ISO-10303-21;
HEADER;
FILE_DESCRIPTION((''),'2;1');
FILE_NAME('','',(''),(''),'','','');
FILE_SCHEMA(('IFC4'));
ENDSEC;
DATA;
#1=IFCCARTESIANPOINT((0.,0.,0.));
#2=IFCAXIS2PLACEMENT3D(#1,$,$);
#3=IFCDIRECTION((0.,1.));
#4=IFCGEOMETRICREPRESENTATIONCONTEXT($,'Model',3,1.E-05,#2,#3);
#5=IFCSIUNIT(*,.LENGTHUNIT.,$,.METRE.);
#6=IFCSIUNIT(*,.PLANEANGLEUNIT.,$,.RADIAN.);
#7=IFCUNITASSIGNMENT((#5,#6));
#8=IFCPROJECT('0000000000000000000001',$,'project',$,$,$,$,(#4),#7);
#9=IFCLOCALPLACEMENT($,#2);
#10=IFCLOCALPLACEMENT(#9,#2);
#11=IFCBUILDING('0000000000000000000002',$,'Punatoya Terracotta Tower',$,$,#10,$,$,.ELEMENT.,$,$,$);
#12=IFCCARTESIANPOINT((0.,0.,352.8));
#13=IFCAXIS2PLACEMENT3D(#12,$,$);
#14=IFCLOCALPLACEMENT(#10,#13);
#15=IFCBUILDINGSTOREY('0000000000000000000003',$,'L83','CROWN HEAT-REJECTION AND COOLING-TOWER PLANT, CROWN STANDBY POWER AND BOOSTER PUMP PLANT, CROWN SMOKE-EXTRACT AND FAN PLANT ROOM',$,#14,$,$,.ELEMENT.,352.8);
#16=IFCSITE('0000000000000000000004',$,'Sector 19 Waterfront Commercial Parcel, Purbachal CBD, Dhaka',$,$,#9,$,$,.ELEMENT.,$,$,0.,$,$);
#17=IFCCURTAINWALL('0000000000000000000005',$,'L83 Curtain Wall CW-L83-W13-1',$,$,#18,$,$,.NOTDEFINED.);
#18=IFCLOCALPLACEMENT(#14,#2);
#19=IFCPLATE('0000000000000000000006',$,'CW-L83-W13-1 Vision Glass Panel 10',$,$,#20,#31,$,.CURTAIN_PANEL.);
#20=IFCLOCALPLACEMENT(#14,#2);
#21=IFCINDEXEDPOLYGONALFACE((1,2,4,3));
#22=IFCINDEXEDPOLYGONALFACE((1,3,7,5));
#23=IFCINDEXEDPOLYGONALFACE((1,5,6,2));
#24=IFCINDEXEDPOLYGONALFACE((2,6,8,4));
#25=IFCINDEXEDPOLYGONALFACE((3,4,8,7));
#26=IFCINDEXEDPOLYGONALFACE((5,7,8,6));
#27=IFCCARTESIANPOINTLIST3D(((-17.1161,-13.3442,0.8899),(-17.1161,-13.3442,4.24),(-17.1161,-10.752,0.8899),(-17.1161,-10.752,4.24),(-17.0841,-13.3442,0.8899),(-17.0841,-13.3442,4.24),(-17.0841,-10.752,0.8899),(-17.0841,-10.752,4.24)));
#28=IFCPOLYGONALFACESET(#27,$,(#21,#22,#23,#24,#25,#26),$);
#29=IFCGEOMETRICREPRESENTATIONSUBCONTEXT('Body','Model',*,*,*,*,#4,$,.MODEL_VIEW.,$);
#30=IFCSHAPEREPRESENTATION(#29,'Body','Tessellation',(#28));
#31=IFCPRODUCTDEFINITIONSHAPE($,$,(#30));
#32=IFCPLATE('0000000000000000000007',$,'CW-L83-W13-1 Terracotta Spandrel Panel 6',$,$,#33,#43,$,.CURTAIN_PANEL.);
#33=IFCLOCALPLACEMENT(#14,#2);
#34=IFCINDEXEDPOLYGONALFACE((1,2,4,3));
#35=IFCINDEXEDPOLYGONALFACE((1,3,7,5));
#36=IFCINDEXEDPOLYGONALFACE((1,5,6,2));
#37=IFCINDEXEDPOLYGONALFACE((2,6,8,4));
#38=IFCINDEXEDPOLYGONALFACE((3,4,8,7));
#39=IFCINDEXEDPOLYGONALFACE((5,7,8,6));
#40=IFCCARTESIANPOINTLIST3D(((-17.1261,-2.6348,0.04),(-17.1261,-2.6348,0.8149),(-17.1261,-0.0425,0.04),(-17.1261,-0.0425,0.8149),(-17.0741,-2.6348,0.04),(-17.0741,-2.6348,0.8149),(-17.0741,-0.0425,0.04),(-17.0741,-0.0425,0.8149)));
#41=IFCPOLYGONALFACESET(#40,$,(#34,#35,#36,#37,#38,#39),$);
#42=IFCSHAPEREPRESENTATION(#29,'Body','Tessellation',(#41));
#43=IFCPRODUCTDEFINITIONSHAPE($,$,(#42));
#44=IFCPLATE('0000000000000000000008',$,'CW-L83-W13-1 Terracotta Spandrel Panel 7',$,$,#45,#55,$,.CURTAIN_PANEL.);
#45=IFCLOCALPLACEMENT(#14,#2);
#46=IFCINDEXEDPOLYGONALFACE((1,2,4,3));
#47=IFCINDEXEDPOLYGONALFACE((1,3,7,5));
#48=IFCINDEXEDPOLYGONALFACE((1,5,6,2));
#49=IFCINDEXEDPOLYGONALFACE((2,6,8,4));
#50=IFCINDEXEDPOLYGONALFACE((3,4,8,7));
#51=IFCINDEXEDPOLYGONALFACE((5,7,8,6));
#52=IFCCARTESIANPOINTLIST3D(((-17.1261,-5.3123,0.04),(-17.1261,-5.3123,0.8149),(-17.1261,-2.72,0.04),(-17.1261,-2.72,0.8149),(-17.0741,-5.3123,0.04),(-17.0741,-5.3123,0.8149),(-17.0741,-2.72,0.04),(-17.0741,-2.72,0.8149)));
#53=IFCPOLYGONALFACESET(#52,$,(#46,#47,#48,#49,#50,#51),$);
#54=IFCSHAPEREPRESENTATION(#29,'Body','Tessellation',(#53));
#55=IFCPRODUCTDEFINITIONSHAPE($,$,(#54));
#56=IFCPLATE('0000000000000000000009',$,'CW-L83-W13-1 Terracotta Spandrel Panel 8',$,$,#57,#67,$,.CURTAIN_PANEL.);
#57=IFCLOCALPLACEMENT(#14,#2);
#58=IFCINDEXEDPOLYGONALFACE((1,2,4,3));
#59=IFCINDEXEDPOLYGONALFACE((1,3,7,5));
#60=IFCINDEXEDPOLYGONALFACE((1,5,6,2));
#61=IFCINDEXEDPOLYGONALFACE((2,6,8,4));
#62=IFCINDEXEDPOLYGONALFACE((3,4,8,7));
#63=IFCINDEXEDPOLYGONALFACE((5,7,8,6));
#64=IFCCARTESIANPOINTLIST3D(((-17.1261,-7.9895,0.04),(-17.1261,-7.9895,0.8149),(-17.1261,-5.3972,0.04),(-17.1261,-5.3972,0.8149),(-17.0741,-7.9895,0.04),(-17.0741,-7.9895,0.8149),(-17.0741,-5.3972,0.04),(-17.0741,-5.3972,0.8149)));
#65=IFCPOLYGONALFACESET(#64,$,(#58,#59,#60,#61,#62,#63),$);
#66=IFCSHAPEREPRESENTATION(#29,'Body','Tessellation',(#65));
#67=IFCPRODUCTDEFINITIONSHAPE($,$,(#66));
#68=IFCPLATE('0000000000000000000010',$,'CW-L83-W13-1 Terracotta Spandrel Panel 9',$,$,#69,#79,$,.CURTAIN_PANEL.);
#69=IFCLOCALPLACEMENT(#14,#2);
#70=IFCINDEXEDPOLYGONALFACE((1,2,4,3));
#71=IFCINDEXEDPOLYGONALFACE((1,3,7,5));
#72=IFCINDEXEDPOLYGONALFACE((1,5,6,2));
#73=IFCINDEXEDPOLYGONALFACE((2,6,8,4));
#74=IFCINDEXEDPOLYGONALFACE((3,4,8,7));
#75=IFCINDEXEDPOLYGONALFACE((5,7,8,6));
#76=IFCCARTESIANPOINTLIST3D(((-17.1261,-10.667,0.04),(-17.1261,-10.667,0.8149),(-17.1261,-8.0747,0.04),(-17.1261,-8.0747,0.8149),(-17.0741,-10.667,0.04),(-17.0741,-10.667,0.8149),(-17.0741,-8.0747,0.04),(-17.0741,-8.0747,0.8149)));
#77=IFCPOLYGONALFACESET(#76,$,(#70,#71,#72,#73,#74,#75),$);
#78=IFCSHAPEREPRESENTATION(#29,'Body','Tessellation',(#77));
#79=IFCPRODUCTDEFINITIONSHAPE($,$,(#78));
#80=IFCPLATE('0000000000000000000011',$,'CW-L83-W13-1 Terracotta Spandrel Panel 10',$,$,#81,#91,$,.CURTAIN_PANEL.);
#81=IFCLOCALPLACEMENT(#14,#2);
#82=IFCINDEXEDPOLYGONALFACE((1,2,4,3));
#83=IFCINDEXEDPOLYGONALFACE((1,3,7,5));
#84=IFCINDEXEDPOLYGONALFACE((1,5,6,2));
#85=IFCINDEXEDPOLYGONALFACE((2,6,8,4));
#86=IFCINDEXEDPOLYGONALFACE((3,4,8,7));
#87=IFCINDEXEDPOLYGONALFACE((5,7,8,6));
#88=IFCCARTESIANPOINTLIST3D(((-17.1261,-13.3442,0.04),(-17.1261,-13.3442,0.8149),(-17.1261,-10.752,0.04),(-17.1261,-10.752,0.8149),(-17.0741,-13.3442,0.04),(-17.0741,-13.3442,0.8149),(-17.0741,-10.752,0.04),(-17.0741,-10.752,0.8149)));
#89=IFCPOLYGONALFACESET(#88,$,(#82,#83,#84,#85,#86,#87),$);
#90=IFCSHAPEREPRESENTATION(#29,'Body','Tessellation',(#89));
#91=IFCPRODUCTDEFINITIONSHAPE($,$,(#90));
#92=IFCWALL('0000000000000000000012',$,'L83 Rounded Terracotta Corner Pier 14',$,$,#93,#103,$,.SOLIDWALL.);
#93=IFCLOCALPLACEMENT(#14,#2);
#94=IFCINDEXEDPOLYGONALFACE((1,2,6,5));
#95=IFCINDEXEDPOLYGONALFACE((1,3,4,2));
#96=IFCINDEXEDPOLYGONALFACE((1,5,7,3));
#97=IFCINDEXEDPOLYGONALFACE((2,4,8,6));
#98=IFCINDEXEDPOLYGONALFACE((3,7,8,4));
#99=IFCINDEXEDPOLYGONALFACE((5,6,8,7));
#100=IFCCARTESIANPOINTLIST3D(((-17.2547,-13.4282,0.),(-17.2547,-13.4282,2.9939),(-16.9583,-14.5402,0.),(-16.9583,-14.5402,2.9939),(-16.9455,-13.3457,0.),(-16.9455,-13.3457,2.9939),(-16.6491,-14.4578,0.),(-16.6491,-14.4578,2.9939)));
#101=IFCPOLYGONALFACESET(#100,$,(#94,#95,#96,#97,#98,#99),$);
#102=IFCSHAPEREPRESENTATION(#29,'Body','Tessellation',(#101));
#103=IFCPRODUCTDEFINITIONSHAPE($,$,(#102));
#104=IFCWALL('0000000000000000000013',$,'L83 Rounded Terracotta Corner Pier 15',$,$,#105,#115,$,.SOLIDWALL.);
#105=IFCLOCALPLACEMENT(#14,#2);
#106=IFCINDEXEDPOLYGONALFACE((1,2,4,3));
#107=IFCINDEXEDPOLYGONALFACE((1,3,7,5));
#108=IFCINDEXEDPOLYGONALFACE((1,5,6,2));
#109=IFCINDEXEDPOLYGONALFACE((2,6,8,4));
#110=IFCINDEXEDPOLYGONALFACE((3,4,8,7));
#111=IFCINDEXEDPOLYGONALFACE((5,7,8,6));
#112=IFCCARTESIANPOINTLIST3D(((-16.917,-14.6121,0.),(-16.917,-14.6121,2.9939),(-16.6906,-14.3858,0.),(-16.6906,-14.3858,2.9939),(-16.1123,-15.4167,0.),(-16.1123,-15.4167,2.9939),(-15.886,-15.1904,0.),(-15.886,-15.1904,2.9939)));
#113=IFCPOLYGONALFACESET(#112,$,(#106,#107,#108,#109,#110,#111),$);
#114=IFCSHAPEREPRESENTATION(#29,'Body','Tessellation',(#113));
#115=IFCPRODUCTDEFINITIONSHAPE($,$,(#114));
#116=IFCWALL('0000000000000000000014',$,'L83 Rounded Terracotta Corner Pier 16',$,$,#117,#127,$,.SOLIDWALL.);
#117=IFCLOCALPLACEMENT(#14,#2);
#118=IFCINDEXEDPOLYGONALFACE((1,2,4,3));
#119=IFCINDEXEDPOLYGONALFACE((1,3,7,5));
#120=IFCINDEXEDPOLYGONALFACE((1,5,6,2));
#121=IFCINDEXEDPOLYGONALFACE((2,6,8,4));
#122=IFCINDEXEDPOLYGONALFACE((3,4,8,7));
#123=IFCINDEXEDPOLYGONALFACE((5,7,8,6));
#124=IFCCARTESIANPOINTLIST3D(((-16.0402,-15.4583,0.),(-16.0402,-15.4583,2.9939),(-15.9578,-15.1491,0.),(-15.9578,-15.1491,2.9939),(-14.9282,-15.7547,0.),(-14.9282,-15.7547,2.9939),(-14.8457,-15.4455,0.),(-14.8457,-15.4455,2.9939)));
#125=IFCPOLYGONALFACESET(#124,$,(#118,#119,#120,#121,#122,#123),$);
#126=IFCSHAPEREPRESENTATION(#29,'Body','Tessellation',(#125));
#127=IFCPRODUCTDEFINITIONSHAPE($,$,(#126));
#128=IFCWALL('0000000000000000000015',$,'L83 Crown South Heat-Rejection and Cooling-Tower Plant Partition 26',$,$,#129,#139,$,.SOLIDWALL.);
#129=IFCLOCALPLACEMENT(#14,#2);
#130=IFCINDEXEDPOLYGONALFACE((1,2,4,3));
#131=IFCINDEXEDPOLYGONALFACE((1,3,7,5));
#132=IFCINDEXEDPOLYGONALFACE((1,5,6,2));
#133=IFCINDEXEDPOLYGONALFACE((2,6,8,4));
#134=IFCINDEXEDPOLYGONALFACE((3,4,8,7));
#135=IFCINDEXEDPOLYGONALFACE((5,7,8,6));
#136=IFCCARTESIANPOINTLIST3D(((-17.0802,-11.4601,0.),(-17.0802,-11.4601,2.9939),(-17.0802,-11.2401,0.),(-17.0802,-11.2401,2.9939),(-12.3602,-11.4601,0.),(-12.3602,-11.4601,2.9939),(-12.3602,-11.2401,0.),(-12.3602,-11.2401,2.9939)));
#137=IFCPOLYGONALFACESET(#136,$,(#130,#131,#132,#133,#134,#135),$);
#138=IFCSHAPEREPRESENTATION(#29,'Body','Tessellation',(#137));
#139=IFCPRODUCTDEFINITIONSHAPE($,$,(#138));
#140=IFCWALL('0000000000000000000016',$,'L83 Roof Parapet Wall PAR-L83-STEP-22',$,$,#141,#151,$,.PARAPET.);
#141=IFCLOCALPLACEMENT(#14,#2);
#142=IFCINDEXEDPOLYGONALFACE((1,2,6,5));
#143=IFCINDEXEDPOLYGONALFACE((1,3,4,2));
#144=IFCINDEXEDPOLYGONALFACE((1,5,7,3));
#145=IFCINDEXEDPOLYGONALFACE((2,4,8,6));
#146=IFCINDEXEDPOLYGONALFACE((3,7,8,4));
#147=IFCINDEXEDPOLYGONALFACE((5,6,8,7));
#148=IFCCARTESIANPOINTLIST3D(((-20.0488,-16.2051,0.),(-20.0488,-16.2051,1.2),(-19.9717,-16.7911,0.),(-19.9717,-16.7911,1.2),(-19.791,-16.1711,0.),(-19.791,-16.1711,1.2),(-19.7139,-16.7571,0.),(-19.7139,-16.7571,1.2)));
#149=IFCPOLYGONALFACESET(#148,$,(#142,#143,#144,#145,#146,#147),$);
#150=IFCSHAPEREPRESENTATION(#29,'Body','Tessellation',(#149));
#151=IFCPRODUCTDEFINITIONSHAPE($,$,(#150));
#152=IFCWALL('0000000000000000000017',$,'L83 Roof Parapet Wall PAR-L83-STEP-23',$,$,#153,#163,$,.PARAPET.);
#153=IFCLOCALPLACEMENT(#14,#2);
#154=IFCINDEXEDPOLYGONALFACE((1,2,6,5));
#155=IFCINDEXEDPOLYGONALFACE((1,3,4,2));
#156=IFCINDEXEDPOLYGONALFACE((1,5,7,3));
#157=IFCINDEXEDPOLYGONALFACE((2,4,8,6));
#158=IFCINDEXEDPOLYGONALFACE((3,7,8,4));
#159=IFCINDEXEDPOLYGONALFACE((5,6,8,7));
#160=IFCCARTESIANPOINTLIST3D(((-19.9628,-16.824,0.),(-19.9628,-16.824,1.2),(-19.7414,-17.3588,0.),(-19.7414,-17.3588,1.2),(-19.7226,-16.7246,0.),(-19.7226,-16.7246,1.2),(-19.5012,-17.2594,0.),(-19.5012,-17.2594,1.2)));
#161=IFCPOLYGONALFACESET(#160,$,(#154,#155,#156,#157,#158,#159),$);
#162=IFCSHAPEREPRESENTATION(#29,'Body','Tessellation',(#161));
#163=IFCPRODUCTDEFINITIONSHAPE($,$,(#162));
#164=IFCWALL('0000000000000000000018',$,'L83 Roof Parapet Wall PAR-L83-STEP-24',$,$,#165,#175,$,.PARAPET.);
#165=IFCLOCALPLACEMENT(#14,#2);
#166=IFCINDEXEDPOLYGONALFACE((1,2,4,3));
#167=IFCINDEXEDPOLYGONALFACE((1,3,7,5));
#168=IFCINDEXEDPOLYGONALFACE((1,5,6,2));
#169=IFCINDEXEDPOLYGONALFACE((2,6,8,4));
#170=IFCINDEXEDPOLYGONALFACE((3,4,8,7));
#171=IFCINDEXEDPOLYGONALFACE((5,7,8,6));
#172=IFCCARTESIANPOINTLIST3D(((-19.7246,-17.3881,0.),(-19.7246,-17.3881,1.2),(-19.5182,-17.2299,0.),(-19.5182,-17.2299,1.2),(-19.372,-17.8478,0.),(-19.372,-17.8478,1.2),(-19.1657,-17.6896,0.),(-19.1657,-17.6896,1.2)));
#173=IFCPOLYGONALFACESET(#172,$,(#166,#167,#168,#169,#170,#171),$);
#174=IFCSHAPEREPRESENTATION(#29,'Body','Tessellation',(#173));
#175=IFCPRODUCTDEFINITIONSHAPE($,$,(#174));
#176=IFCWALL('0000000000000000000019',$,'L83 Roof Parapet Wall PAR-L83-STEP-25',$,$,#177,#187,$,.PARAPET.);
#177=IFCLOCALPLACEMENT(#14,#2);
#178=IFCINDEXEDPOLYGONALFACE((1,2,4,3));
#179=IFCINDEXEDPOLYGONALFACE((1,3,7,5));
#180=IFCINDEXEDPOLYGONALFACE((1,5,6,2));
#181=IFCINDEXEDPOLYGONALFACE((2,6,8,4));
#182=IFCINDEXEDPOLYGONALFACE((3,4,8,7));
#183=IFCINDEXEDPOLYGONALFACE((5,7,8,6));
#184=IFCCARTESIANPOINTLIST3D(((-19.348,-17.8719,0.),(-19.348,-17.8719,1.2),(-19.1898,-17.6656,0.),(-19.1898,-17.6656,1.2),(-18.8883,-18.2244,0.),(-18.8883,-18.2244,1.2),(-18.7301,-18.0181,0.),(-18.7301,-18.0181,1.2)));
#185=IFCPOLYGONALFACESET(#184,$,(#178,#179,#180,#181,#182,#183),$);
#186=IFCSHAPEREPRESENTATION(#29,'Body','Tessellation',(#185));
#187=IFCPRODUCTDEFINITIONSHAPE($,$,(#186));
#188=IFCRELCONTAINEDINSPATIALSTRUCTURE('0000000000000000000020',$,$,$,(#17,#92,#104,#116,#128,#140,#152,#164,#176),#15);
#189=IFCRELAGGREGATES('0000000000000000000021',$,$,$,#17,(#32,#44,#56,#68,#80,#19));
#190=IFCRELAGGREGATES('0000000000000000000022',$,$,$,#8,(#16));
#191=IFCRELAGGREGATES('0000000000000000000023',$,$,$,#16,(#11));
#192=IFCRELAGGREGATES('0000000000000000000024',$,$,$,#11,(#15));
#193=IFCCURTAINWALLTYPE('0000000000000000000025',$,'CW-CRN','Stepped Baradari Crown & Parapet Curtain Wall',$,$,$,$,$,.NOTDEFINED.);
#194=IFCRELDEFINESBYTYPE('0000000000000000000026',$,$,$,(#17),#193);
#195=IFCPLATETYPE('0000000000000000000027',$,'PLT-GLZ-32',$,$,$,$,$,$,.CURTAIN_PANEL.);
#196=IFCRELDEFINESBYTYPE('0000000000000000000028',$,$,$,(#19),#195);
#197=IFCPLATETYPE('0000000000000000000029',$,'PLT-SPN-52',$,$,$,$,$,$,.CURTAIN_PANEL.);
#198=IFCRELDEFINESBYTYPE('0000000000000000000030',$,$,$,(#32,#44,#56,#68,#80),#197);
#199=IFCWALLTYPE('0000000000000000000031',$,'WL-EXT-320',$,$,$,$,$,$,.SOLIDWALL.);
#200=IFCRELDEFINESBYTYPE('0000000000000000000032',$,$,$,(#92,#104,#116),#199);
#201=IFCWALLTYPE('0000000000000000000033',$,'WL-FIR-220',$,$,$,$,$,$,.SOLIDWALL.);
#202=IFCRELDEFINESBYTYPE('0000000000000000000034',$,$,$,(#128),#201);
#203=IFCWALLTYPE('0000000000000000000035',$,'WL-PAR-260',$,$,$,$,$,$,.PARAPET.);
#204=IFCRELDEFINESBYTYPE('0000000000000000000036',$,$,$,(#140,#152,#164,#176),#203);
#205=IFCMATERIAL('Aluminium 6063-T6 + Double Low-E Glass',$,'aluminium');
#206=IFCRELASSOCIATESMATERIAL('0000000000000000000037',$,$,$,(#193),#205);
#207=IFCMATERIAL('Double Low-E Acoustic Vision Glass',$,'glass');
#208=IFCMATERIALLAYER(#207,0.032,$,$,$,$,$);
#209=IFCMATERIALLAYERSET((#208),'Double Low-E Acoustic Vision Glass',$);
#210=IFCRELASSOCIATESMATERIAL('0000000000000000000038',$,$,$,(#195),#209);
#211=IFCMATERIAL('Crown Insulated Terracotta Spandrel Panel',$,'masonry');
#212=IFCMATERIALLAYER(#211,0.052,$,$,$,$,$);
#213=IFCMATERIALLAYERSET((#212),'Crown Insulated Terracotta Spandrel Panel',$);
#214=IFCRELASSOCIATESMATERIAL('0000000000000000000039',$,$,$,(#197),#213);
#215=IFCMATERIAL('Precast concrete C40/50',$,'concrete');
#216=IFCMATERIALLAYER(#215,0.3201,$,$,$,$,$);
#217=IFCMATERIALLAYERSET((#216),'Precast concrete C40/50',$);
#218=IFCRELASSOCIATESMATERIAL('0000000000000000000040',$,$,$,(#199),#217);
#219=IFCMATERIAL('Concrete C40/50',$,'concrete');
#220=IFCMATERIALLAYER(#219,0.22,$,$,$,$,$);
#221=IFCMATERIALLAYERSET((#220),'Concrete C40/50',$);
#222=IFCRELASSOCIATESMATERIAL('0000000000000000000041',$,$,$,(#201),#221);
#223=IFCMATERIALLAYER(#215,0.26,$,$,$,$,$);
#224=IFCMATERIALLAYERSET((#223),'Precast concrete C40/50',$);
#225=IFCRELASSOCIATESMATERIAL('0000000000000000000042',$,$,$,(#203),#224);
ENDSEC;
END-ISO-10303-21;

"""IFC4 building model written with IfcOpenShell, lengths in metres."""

from ifc_helpers import new_model, si_unit, direction, frame, frame_2d, origin, origin_2d, place, context, subcontext, project, spatial, rectangle, extrude, material, layer, layer_set, type_object, element, aggregate, save


model = new_model("IFC4")

# Units and contexts
model_context = context("Model", 3, precision=1e-05, world=origin(), true_north=direction((0.0, 1.0)))
body_context = subcontext(model_context, "Body", "Model", "MODEL_VIEW")
ifc_project = project(units=[si_unit("LENGTHUNIT", "METRE"), si_unit("PLANEANGLEUNIT", "RADIAN")], contexts=[model_context])

# Site, building, storey
site_placement = place(None, origin())
site = spatial("IfcSite", under=ifc_project, at=site_placement, Name="Sector 19 Waterfront Commercial Parcel, Purbachal CBD, Dhaka", CompositionType="ELEMENT", RefElevation=0.0)
building_placement = place(site_placement, origin())
building = spatial("IfcBuilding", under=site, at=building_placement, Name="Punatoya Terracotta Tower", CompositionType="ELEMENT")
storey_placement = place(building_placement, frame((0.0, 0.0, 352.8)))
storey = spatial("IfcBuildingStorey", under=building, at=storey_placement, Name="L83", Description="CROWN HEAT-REJECTION AND COOLING-TOWER PLANT, CROWN STANDBY POWER AND BOOSTER PUMP PLANT, CROWN SMOKE-EXTRACT AND FAN PLANT ROOM", CompositionType="ELEMENT", Elevation=352.8)

# Curtain wall
ifc_material_1 = material(Name="Aluminium 6063-T6 + Double Low-E Glass", Category="aluminium")
curtain_wall_type = type_object("IfcCurtainWallType", Name="CW-CRN", Description="Stepped Baradari Crown & Parapet Curtain Wall", PredefinedType="NOTDEFINED", material=ifc_material_1)
curtain_wall_1_placement = place(storey_placement, origin())
curtain_wall_1 = element("IfcCurtainWall", 1, at=curtain_wall_1_placement, inside=storey, type_object=curtain_wall_type, Name="L83 Curtain Wall CW-L83-W13-1", PredefinedType="NOTDEFINED")

# Plates
ifc_material_2 = material(Name="Double Low-E Acoustic Vision Glass", Category="glass")
ifc_layer_1 = layer(ifc_material_2, 0.032)
ifc_layer_set_1 = layer_set([ifc_layer_1], Name="Double Low-E Acoustic Vision Glass")
plate_type_1 = type_object("IfcPlateType", Name="PLT-GLZ-32", PredefinedType="CURTAIN_PANEL", material=ifc_layer_set_1)
plate_1_placement = place(storey_placement, frame((-17.1001, -12.0481, 0.8899), z_axis=(0.0, 0.0, 1.0), x_axis=(0.0, -1.0, 0.0)))
plate_1 = element("IfcPlate", 2, at=plate_1_placement, type_object=plate_type_1, Name="CW-L83-W13-1 Vision Glass Panel 10", PredefinedType="CURTAIN_PANEL", context=body_context, shape_type="SweptSolid", body=[
    extrude(rectangle(XDim=2.5923, YDim=0.032, at=origin_2d()), origin(), (0.0, 0.0, 1.0), 3.3501),
])
ifc_material_3 = material(Name="Crown Insulated Terracotta Spandrel Panel", Category="masonry")
ifc_layer_2 = layer(ifc_material_3, 0.052)
ifc_layer_set_2 = layer_set([ifc_layer_2], Name="Crown Insulated Terracotta Spandrel Panel")
plate_type_2 = type_object("IfcPlateType", Name="PLT-SPN-52", PredefinedType="CURTAIN_PANEL", material=ifc_layer_set_2)
plate_2_placement = place(storey_placement, frame((-17.1001, -1.3386, 0.04), z_axis=(0.0, 0.0, 1.0), x_axis=(0.0, -1.0, 0.0)))
plate_2 = element("IfcPlate", 3, at=plate_2_placement, type_object=plate_type_2, Name="CW-L83-W13-1 Terracotta Spandrel Panel 6", PredefinedType="CURTAIN_PANEL", context=body_context, shape_type="SweptSolid", body=[
    extrude(rectangle(XDim=2.5923, YDim=0.052, at=origin_2d()), origin(), (0.0, 0.0, 1.0), 0.7749),
])
plate_3_placement = place(storey_placement, frame((-17.1001, -4.0161, 0.04), z_axis=(0.0, 0.0, 1.0), x_axis=(0.0, -1.0, 0.0)))
plate_3 = element("IfcPlate", 4, at=plate_3_placement, type_object=plate_type_2, Name="CW-L83-W13-1 Terracotta Spandrel Panel 7", PredefinedType="CURTAIN_PANEL", context=body_context, shape_type="SweptSolid", body=[
    extrude(rectangle(XDim=2.5923, YDim=0.052, at=origin_2d()), origin(), (0.0, 0.0, 1.0), 0.7749),
])
plate_4_placement = place(storey_placement, frame((-17.1001, -6.6934, 0.04), z_axis=(0.0, 0.0, 1.0), x_axis=(0.0, -1.0, 0.0)))
plate_4 = element("IfcPlate", 5, at=plate_4_placement, type_object=plate_type_2, Name="CW-L83-W13-1 Terracotta Spandrel Panel 8", PredefinedType="CURTAIN_PANEL", context=body_context, shape_type="SweptSolid", body=[
    extrude(rectangle(XDim=2.5923, YDim=0.052, at=origin_2d()), origin(), (0.0, 0.0, 1.0), 0.7749),
])
plate_5_placement = place(storey_placement, frame((-17.1001, -9.3708, 0.04), z_axis=(0.0, 0.0, 1.0), x_axis=(0.0, -1.0, 0.0)))
plate_5 = element("IfcPlate", 6, at=plate_5_placement, type_object=plate_type_2, Name="CW-L83-W13-1 Terracotta Spandrel Panel 9", PredefinedType="CURTAIN_PANEL", context=body_context, shape_type="SweptSolid", body=[
    extrude(rectangle(XDim=2.5923, YDim=0.052, at=origin_2d()), origin(), (0.0, 0.0, 1.0), 0.7749),
])
plate_6_placement = place(storey_placement, frame((-17.1001, -12.0481, 0.04), z_axis=(0.0, 0.0, 1.0), x_axis=(0.0, -1.0, 0.0)))
plate_6 = element("IfcPlate", 7, at=plate_6_placement, type_object=plate_type_2, Name="CW-L83-W13-1 Terracotta Spandrel Panel 10", PredefinedType="CURTAIN_PANEL", context=body_context, shape_type="SweptSolid", body=[
    extrude(rectangle(XDim=2.5923, YDim=0.052, at=origin_2d()), origin(), (0.0, 0.0, 1.0), 0.7749),
])
aggregate(curtain_wall_1, [plate_2, plate_3, plate_4, plate_5, plate_6, plate_1])

# Walls
ifc_material_4 = material(Name="Precast concrete C40/50", Category="concrete")
ifc_layer_3 = layer(ifc_material_4, 0.3201)
ifc_layer_set_3 = layer_set([ifc_layer_3], Name="Precast concrete C40/50")
wall_type_1 = type_object("IfcWallType", Name="WL-EXT-320", PredefinedType="SOLIDWALL", material=ifc_layer_set_3)
wall_1_placement = place(storey_placement, frame((-17.1001, -13.387, 0.0), z_axis=(0.0, 0.0, 1.0), x_axis=(0.257531, -0.96627, 0.0)))
element("IfcWall", 8, at=wall_1_placement, inside=storey, type_object=wall_type_1, Name="L83 Rounded Terracotta Corner Pier 14", PredefinedType="SOLIDWALL", context=body_context, shape_type="SweptSolid", body=[
    extrude(rectangle(XDim=1.1509, YDim=0.3201, at=frame_2d((0.5754, 0.0))), origin(), (0.0, 0.0, 1.0), 2.9939),
])
wall_2_placement = place(storey_placement, frame((-16.8037, -14.499, 0.0), z_axis=(0.0, 0.0, 1.0), x_axis=(0.707107, -0.707107, 0.0)))
element("IfcWall", 9, at=wall_2_placement, inside=storey, type_object=wall_type_1, Name="L83 Rounded Terracotta Corner Pier 15", PredefinedType="SOLIDWALL", context=body_context, shape_type="SweptSolid", body=[
    extrude(rectangle(XDim=1.1379, YDim=0.3201, at=frame_2d((0.5688, 0.0))), origin(), (0.0, 0.0, 1.0), 2.9939),
])
wall_3_placement = place(storey_placement, frame((-15.999, -15.3037, 0.0), z_axis=(0.0, 0.0, 1.0), x_axis=(0.96627, -0.257531, 0.0)))
element("IfcWall", 10, at=wall_3_placement, inside=storey, type_object=wall_type_1, Name="L83 Rounded Terracotta Corner Pier 16", PredefinedType="SOLIDWALL", context=body_context, shape_type="SweptSolid", body=[
    extrude(rectangle(XDim=1.1509, YDim=0.3201, at=frame_2d((0.5754, 0.0))), origin(), (0.0, 0.0, 1.0), 2.9939),
])
ifc_material_5 = material(Name="Concrete C40/50", Category="concrete")
ifc_layer_4 = layer(ifc_material_5, 0.22)
ifc_layer_set_4 = layer_set([ifc_layer_4], Name="Concrete C40/50")
wall_type_2 = type_object("IfcWallType", Name="WL-FIR-220", PredefinedType="SOLIDWALL", material=ifc_layer_set_4)
wall_4_placement = place(storey_placement, frame((-17.0801, -11.3501, 0.0), z_axis=(0.0, 0.0, 1.0), x_axis=(1.0, 0.0, 0.0)))
element("IfcWall", 11, at=wall_4_placement, inside=storey, type_object=wall_type_2, Name="L83 Crown South Heat-Rejection and Cooling-Tower Plant Partition 26", PredefinedType="SOLIDWALL", context=body_context, shape_type="SweptSolid", body=[
    extrude(rectangle(XDim=4.72, YDim=0.22, at=frame_2d((2.3599, 0.0))), origin(), (0.0, 0.0, 1.0), 2.9939),
])
ifc_layer_5 = layer(ifc_material_4, 0.26)
ifc_layer_set_5 = layer_set([ifc_layer_5], Name="Precast concrete C40/50")
wall_type_3 = type_object("IfcWallType", Name="WL-PAR-260", PredefinedType="PARAPET", material=ifc_layer_set_5)
wall_5_placement = place(storey_placement, frame((-19.9199, -16.1882, 0.0), z_axis=(0.0, 0.0, 1.0), x_axis=(0.13054, -0.991443, 0.0)))
element("IfcWall", 12, at=wall_5_placement, inside=storey, type_object=wall_type_3, Name="L83 Roof Parapet Wall PAR-L83-STEP-22", PredefinedType="PARAPET", context=body_context, shape_type="SweptSolid", body=[
    extrude(rectangle(XDim=0.5911, YDim=0.26, at=frame_2d((0.2954, 0.0))), origin(), (0.0, 0.0, 1.0), 1.2),
])
wall_6_placement = place(storey_placement, frame((-19.8428, -16.7742, 0.0), z_axis=(0.0, 0.0, 1.0), x_axis=(0.382488, -0.92396, 0.0)))
element("IfcWall", 13, at=wall_6_placement, inside=storey, type_object=wall_type_3, Name="L83 Roof Parapet Wall PAR-L83-STEP-23", PredefinedType="PARAPET", context=body_context, shape_type="SweptSolid", body=[
    extrude(rectangle(XDim=0.5789, YDim=0.26, at=frame_2d((0.2896, 0.0))), origin(), (0.0, 0.0, 1.0), 1.2),
])
for number, where, z_axis, x_axis, name in (
    (14, (-19.6213, -17.3091, 0.0), (0.0, 0.0, 1.0), (0.608529, -0.793532, 0.0), "L83 Roof Parapet Wall PAR-L83-STEP-24"),
    (15, (-19.2688, -17.7688, 0.0), (0.0, 0.0, 1.0), (0.793532, -0.608529, 0.0), "L83 Roof Parapet Wall PAR-L83-STEP-25"),
):
    element("IfcWall", number, at=place(storey_placement, frame(where, z_axis=z_axis, x_axis=x_axis)), inside=storey, type_object=wall_type_3, Name=name, PredefinedType="PARAPET", context=body_context, shape_type="SweptSolid", body=[
        extrude(rectangle(XDim=0.5793, YDim=0.26, at=frame_2d((0.2896, 0.0))), origin(), (0.0, 0.0, 1.0), 1.2),
    ])

save(model, "model.ifc")
